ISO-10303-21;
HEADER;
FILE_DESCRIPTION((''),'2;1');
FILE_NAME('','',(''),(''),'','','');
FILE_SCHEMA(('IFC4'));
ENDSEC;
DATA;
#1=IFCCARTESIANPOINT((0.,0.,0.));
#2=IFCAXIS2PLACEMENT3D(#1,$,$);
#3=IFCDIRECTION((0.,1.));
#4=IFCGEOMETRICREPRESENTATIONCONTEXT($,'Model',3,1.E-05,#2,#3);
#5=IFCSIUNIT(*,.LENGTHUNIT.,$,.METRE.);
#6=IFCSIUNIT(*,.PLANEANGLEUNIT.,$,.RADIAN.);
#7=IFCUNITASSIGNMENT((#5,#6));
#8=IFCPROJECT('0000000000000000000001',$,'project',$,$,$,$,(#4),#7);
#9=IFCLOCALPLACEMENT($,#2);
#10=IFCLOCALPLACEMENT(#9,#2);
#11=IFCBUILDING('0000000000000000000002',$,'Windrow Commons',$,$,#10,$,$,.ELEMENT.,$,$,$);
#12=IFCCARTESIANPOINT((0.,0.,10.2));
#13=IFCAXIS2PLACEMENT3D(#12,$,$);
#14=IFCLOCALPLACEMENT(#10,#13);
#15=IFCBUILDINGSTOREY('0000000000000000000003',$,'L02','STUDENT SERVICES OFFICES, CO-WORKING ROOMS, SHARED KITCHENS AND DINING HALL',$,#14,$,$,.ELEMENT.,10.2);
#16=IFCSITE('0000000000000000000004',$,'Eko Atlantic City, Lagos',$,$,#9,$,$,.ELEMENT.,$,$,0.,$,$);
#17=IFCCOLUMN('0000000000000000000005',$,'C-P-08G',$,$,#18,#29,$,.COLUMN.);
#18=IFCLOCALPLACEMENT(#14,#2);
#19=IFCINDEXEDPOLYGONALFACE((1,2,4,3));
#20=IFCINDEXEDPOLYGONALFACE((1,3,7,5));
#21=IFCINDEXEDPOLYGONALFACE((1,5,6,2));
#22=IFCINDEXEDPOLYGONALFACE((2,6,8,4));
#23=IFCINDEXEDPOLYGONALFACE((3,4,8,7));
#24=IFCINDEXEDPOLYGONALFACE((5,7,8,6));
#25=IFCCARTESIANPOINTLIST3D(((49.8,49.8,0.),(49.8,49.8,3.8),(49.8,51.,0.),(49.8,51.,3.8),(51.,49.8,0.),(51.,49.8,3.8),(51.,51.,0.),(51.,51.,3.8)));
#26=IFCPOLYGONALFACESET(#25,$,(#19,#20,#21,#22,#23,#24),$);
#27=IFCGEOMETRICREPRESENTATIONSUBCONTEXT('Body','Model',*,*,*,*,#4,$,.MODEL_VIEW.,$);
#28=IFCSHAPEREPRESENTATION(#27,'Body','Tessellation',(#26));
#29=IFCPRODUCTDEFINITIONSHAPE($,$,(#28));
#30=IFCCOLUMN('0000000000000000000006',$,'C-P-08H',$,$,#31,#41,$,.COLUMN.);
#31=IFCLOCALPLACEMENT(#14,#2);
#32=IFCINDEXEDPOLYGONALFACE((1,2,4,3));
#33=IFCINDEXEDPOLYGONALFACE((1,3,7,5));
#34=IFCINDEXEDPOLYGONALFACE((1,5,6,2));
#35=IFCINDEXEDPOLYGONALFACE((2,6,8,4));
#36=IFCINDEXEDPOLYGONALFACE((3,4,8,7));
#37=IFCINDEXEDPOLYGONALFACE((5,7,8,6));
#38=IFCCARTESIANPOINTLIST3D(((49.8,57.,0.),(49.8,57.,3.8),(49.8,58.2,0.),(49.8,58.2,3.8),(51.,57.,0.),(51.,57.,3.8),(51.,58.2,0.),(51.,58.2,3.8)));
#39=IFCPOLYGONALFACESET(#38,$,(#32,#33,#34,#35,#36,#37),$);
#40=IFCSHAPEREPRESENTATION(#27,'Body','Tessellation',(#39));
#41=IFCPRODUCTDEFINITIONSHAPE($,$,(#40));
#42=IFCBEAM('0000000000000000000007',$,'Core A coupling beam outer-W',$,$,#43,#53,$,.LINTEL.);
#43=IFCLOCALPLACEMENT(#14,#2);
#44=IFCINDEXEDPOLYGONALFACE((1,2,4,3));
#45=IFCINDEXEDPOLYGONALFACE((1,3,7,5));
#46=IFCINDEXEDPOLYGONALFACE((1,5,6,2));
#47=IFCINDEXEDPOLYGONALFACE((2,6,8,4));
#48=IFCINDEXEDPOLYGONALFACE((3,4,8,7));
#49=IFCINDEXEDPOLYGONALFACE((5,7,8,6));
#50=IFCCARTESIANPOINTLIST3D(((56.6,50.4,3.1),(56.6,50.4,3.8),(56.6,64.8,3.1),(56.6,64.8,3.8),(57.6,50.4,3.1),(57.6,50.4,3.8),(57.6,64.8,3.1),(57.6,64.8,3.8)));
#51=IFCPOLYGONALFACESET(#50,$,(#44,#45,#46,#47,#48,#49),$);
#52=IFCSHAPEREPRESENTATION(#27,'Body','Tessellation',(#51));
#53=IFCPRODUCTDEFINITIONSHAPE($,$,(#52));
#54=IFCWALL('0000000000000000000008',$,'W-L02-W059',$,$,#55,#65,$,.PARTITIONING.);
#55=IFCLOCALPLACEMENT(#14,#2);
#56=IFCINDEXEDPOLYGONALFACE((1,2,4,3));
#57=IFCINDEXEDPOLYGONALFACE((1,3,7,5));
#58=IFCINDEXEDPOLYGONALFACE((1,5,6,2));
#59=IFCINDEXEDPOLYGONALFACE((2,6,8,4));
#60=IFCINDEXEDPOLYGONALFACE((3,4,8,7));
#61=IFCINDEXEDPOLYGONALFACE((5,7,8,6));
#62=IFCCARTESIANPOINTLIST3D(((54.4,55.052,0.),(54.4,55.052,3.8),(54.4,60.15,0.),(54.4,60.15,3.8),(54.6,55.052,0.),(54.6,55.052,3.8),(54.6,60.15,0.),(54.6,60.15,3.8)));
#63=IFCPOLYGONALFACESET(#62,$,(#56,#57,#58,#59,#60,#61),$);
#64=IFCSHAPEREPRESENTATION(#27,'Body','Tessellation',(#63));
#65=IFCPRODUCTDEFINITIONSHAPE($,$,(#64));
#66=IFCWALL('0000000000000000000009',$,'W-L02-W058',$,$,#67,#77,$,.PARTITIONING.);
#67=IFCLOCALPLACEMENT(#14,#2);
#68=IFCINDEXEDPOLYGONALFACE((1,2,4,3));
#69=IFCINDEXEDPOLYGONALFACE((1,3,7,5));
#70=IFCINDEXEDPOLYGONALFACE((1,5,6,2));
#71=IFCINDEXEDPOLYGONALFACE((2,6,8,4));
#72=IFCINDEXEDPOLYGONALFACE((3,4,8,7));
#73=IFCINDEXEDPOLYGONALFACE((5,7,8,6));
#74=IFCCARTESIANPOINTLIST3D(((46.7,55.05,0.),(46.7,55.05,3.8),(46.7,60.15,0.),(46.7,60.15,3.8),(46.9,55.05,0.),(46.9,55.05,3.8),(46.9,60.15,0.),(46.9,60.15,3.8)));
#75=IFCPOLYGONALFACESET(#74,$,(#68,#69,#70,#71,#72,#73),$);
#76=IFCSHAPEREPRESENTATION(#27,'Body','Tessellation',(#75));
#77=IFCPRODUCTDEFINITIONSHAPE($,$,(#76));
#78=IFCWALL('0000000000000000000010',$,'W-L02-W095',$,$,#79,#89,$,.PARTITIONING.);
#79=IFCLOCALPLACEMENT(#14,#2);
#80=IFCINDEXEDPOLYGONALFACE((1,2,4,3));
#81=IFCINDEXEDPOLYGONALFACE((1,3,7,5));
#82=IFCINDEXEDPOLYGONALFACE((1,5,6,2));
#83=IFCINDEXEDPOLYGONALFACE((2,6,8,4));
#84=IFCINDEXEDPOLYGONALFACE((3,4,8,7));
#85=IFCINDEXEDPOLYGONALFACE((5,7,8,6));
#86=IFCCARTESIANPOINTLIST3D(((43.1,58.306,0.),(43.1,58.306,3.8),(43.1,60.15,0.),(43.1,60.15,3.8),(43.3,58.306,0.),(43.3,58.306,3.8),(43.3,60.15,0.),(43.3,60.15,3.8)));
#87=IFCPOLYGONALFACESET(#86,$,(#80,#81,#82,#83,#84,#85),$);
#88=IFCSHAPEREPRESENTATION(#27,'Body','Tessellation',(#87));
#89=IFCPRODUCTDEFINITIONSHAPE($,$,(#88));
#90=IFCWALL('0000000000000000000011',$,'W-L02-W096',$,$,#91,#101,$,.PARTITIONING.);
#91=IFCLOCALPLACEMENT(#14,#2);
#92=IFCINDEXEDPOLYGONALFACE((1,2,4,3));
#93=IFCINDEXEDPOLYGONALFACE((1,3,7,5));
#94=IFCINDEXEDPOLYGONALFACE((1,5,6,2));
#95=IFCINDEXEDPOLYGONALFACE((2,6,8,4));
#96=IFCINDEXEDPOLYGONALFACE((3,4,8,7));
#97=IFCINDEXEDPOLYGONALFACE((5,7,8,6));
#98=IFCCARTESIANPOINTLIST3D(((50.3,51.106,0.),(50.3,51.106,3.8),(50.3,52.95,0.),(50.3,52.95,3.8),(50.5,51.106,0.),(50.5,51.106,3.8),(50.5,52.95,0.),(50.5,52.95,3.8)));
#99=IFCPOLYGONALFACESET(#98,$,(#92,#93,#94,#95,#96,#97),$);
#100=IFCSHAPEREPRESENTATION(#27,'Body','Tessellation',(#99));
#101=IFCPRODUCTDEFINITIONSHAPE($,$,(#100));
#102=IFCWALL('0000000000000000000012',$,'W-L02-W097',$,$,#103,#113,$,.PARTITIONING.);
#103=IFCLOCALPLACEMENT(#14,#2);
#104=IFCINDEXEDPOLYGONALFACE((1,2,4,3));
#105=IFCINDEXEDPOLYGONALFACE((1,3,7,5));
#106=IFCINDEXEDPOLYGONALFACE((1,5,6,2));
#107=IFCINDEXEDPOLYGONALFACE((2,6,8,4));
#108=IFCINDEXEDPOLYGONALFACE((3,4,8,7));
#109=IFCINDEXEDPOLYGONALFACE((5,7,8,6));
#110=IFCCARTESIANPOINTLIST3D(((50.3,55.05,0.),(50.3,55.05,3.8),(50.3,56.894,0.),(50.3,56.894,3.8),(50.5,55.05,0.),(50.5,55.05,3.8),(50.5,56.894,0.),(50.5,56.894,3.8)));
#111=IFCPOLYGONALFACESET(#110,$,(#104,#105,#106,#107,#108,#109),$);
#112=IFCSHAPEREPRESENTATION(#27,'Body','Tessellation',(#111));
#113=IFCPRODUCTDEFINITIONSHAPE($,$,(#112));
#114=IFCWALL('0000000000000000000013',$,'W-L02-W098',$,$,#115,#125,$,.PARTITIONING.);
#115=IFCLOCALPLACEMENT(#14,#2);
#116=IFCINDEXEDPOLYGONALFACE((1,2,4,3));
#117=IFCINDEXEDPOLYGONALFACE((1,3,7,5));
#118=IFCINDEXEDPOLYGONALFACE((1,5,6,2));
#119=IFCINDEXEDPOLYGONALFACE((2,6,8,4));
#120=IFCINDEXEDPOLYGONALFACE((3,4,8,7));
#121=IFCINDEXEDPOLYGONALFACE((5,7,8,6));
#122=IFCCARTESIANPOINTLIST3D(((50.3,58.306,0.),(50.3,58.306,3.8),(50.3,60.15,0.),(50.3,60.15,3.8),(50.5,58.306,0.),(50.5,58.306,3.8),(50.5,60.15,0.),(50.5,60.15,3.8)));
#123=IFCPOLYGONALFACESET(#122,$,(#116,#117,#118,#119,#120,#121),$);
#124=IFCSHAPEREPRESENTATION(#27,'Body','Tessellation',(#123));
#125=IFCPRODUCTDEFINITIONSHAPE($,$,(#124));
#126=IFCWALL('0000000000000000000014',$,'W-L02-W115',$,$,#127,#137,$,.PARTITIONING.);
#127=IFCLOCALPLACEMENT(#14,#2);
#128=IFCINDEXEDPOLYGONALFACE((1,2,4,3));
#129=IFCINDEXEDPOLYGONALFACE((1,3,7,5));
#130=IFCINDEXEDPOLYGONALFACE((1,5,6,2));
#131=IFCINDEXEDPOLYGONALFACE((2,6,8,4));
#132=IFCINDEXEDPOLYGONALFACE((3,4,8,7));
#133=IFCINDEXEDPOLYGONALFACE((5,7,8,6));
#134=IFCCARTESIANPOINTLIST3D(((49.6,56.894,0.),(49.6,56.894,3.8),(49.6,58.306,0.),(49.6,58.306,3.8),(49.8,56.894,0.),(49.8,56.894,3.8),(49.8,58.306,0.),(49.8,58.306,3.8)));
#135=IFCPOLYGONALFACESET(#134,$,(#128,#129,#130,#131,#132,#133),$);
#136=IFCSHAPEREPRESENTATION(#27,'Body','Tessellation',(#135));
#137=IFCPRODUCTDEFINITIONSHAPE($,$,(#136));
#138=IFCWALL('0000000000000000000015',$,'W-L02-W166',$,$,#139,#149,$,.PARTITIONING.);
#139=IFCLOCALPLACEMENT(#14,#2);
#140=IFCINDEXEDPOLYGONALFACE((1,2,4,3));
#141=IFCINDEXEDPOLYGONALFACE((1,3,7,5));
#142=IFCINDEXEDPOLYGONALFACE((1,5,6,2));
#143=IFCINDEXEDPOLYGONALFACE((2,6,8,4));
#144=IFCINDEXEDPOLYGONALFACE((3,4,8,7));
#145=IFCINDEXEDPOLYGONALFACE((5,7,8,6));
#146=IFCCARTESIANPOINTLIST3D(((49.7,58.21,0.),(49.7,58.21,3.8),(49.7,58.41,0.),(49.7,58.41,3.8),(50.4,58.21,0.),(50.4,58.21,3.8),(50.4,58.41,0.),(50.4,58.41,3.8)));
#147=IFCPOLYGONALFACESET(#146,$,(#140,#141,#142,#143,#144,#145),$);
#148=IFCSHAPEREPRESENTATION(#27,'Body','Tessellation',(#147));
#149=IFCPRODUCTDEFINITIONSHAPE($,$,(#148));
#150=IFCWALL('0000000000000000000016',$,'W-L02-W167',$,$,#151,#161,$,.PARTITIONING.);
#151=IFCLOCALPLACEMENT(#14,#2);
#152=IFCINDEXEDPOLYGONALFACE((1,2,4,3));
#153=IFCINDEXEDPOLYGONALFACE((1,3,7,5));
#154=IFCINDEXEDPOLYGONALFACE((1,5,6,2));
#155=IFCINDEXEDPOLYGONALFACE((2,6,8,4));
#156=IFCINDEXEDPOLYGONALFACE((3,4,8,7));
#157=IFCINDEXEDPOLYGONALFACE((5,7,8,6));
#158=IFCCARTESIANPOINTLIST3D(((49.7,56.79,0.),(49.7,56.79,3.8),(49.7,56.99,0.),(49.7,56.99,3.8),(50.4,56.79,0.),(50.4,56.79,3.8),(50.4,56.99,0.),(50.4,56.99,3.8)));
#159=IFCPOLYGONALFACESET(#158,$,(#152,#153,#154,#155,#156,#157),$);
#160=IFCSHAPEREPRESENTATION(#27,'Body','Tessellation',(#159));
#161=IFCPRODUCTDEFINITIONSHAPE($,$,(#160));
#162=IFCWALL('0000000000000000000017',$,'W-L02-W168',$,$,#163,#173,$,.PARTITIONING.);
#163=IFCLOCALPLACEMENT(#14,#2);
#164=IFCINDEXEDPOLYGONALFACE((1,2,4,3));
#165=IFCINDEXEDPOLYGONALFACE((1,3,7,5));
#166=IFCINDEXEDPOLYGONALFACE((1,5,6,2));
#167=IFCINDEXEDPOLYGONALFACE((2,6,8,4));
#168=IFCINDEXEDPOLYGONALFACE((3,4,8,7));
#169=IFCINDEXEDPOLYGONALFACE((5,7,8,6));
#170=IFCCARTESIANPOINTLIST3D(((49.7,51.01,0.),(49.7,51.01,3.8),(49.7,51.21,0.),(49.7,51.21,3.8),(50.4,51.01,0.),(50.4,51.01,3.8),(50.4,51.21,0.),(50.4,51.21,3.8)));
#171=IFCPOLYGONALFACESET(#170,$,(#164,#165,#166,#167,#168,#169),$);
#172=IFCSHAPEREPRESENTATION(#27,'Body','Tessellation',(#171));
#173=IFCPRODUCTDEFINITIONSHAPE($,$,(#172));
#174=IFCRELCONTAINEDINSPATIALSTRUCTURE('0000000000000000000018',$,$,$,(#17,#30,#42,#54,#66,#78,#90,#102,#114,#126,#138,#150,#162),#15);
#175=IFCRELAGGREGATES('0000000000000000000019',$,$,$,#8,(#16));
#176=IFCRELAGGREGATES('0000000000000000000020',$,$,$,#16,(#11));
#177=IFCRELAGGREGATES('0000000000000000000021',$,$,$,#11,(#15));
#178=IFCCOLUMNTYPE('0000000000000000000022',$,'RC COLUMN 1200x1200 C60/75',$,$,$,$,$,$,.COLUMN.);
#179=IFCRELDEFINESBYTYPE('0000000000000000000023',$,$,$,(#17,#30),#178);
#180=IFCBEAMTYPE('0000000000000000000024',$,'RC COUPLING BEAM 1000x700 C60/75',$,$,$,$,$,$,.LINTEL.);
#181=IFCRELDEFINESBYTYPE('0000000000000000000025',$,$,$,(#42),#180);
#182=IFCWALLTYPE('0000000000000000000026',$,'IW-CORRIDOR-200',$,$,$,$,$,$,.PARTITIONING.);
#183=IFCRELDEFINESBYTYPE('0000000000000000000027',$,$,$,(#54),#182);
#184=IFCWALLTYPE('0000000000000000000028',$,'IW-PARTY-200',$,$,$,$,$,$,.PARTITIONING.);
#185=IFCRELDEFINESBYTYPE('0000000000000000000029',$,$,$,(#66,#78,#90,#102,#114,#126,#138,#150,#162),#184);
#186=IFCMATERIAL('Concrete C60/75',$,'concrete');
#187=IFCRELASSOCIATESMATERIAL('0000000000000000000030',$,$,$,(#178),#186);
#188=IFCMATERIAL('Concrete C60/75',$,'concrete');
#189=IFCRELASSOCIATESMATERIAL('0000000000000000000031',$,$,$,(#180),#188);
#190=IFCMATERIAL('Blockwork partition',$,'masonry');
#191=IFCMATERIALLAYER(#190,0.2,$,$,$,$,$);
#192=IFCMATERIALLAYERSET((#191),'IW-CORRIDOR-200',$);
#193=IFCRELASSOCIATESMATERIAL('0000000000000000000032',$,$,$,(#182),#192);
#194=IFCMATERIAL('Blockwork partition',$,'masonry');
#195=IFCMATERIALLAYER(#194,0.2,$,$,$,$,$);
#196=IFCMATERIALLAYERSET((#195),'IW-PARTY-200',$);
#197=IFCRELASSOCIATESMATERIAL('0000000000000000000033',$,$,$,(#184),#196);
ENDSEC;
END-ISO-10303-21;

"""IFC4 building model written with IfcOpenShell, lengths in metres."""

from ifc_helpers import new_model, si_unit, direction, frame, frame_2d, origin, origin_2d, place, context, subcontext, project, spatial, rectangle, extrude, material, layer, layer_set, material_profile, profile_set, type_object, element, save


model = new_model("IFC4")

# Units and contexts
model_context = context("Model", 3, precision=1e-05, world=origin(), true_north=direction((0.0, 1.0)))
body_context = subcontext(model_context, "Body", "Model", "MODEL_VIEW")
ifc_project = project(units=[si_unit("LENGTHUNIT", "METRE"), si_unit("PLANEANGLEUNIT", "RADIAN")], contexts=[model_context])

# Site, building, storey
site_placement = place(None, origin())
site = spatial("IfcSite", under=ifc_project, at=site_placement, Name="Eko Atlantic City, Lagos", CompositionType="ELEMENT", RefElevation=0.0)
building_placement = place(site_placement, origin())
building = spatial("IfcBuilding", under=site, at=building_placement, Name="Windrow Commons", CompositionType="ELEMENT")
storey_placement = place(building_placement, frame((0.0, 0.0, 10.2)))
storey = spatial("IfcBuildingStorey", under=building, at=storey_placement, Name="L02", Description="STUDENT SERVICES OFFICES, CO-WORKING ROOMS, SHARED KITCHENS AND DINING HALL", CompositionType="ELEMENT", Elevation=10.2)

# Columns
ifc_material_1 = material(Name="Concrete C60/75", Category="concrete")
ifc_material_profile_1 = material_profile(ifc_material_1, rectangle(XDim=1.2, YDim=1.2, at=origin_2d()))
ifc_profile_set_1 = profile_set([ifc_material_profile_1], Name="Concrete C60/75")
column_type = type_object("IfcColumnType", Name="RC COLUMN 1200x1200 C60/75", PredefinedType="COLUMN", material=ifc_profile_set_1)
for number, where, z_axis, x_axis, name in (
    (1, (50.4, 50.4, 0.0), (0.0, 0.0, 1.0), (1.0, 0.0, 0.0), "C-P-08G"),
    (2, (50.4, 57.6, 0.0), (0.0, 0.0, 1.0), (1.0, 0.0, 0.0), "C-P-08H"),
):
    element("IfcColumn", number, at=place(storey_placement, frame(where, z_axis=z_axis, x_axis=x_axis)), inside=storey, type_object=column_type, Name=name, PredefinedType="COLUMN", context=body_context, shape_type="SweptSolid", body=[
        extrude(rectangle(XDim=1.2, YDim=1.2, at=origin_2d()), origin(), (0.0, 0.0, 1.0), 3.8),
    ])

# Beam
ifc_material_2 = material(Name="Concrete C60/75", Category="concrete")
ifc_material_profile_2 = material_profile(ifc_material_2, rectangle(XDim=1.0, YDim=0.7, at=origin_2d()))
ifc_profile_set_2 = profile_set([ifc_material_profile_2], Name="Concrete C60/75")
beam_type = type_object("IfcBeamType", Name="RC COUPLING BEAM 1000x700 C60/75", PredefinedType="LINTEL", material=ifc_profile_set_2)
beam_placement = place(storey_placement, frame((57.1, 50.4, 3.45), z_axis=(0.0, 1.0, 0.0), x_axis=(-1.0, 0.0, 0.0)))
element("IfcBeam", 3, at=beam_placement, inside=storey, type_object=beam_type, Name="Core A coupling beam outer-W", PredefinedType="LINTEL", context=body_context, shape_type="SweptSolid", body=[
    extrude(rectangle(XDim=1.0, YDim=0.7, at=origin_2d()), origin(), (0.0, 0.0, 1.0), 14.4),
])

# Walls
ifc_material_3 = material(Name="Blockwork partition", Category="masonry")
ifc_layer_1 = layer(ifc_material_3, 0.2)
ifc_layer_set_1 = layer_set([ifc_layer_1], Name="IW-CORRIDOR-200")
wall_type_1 = type_object("IfcWallType", Name="IW-CORRIDOR-200", PredefinedType="PARTITIONING", material=ifc_layer_set_1)
wall_1_placement = place(storey_placement, frame((54.5, 55.052, 0.0), z_axis=(0.0, 0.0, 1.0), x_axis=(0.0, 1.0, 0.0)))
element("IfcWall", 4, at=wall_1_placement, inside=storey, type_object=wall_type_1, Name="W-L02-W059", PredefinedType="PARTITIONING", context=body_context, shape_type="SweptSolid", body=[
    extrude(rectangle(XDim=5.098, YDim=0.2, at=frame_2d((2.549, 0.0))), origin(), (0.0, 0.0, 1.0), 3.8),
])
ifc_material_4 = material(Name="Blockwork partition", Category="masonry")
ifc_layer_2 = layer(ifc_material_4, 0.2)
ifc_layer_set_2 = layer_set([ifc_layer_2], Name="IW-PARTY-200")
wall_type_2 = type_object("IfcWallType", Name="IW-PARTY-200", PredefinedType="PARTITIONING", material=ifc_layer_set_2)
wall_2_placement = place(storey_placement, frame((46.8, 55.05, 0.0), z_axis=(0.0, 0.0, 1.0), x_axis=(0.0, 1.0, 0.0)))
element("IfcWall", 5, at=wall_2_placement, inside=storey, type_object=wall_type_2, Name="W-L02-W058", PredefinedType="PARTITIONING", context=body_context, shape_type="SweptSolid", body=[
    extrude(rectangle(XDim=5.1, YDim=0.2, at=frame_2d((2.55, 0.0))), origin(), (0.0, 0.0, 1.0), 3.8),
])
for number, where, z_axis, x_axis, name in (
    (6, (43.2, 58.306, 0.0), (0.0, 0.0, 1.0), (0.0, 1.0, 0.0), "W-L02-W095"),
    (7, (50.4, 51.106, 0.0), (0.0, 0.0, 1.0), (0.0, 1.0, 0.0), "W-L02-W096"),
    (8, (50.4, 55.05, 0.0), (0.0, 0.0, 1.0), (0.0, 1.0, 0.0), "W-L02-W097"),
    (9, (50.4, 58.306, 0.0), (0.0, 0.0, 1.0), (0.0, 1.0, 0.0), "W-L02-W098"),
):
    element("IfcWall", number, at=place(storey_placement, frame(where, z_axis=z_axis, x_axis=x_axis)), inside=storey, type_object=wall_type_2, Name=name, PredefinedType="PARTITIONING", context=body_context, shape_type="SweptSolid", body=[
        extrude(rectangle(XDim=1.844, YDim=0.2, at=frame_2d((0.922, 0.0))), origin(), (0.0, 0.0, 1.0), 3.8),
    ])
wall_3_placement = place(storey_placement, frame((49.7, 56.894, 0.0), z_axis=(0.0, 0.0, 1.0), x_axis=(0.0, 1.0, 0.0)))
element("IfcWall", 10, at=wall_3_placement, inside=storey, type_object=wall_type_2, Name="W-L02-W115", PredefinedType="PARTITIONING", context=body_context, shape_type="SweptSolid", body=[
    extrude(rectangle(XDim=1.412, YDim=0.2, at=frame_2d((0.706, 0.0))), origin(), (0.0, 0.0, 1.0), 3.8),
])
for number, where, z_axis, x_axis, name in (
    (11, (49.7, 58.31, 0.0), (0.0, 0.0, 1.0), (1.0, 0.0, 0.0), "W-L02-W166"),
    (12, (49.7, 56.89, 0.0), (0.0, 0.0, 1.0), (1.0, 0.0, 0.0), "W-L02-W167"),
    (13, (49.7, 51.11, 0.0), (0.0, 0.0, 1.0), (1.0, 0.0, 0.0), "W-L02-W168"),
):
    element("IfcWall", number, at=place(storey_placement, frame(where, z_axis=z_axis, x_axis=x_axis)), inside=storey, type_object=wall_type_2, Name=name, PredefinedType="PARTITIONING", context=body_context, shape_type="SweptSolid", body=[
        extrude(rectangle(XDim=0.7, YDim=0.2, at=frame_2d((0.35, 0.0))), origin(), (0.0, 0.0, 1.0), 3.8),
    ])

save(model, "model.ifc")
